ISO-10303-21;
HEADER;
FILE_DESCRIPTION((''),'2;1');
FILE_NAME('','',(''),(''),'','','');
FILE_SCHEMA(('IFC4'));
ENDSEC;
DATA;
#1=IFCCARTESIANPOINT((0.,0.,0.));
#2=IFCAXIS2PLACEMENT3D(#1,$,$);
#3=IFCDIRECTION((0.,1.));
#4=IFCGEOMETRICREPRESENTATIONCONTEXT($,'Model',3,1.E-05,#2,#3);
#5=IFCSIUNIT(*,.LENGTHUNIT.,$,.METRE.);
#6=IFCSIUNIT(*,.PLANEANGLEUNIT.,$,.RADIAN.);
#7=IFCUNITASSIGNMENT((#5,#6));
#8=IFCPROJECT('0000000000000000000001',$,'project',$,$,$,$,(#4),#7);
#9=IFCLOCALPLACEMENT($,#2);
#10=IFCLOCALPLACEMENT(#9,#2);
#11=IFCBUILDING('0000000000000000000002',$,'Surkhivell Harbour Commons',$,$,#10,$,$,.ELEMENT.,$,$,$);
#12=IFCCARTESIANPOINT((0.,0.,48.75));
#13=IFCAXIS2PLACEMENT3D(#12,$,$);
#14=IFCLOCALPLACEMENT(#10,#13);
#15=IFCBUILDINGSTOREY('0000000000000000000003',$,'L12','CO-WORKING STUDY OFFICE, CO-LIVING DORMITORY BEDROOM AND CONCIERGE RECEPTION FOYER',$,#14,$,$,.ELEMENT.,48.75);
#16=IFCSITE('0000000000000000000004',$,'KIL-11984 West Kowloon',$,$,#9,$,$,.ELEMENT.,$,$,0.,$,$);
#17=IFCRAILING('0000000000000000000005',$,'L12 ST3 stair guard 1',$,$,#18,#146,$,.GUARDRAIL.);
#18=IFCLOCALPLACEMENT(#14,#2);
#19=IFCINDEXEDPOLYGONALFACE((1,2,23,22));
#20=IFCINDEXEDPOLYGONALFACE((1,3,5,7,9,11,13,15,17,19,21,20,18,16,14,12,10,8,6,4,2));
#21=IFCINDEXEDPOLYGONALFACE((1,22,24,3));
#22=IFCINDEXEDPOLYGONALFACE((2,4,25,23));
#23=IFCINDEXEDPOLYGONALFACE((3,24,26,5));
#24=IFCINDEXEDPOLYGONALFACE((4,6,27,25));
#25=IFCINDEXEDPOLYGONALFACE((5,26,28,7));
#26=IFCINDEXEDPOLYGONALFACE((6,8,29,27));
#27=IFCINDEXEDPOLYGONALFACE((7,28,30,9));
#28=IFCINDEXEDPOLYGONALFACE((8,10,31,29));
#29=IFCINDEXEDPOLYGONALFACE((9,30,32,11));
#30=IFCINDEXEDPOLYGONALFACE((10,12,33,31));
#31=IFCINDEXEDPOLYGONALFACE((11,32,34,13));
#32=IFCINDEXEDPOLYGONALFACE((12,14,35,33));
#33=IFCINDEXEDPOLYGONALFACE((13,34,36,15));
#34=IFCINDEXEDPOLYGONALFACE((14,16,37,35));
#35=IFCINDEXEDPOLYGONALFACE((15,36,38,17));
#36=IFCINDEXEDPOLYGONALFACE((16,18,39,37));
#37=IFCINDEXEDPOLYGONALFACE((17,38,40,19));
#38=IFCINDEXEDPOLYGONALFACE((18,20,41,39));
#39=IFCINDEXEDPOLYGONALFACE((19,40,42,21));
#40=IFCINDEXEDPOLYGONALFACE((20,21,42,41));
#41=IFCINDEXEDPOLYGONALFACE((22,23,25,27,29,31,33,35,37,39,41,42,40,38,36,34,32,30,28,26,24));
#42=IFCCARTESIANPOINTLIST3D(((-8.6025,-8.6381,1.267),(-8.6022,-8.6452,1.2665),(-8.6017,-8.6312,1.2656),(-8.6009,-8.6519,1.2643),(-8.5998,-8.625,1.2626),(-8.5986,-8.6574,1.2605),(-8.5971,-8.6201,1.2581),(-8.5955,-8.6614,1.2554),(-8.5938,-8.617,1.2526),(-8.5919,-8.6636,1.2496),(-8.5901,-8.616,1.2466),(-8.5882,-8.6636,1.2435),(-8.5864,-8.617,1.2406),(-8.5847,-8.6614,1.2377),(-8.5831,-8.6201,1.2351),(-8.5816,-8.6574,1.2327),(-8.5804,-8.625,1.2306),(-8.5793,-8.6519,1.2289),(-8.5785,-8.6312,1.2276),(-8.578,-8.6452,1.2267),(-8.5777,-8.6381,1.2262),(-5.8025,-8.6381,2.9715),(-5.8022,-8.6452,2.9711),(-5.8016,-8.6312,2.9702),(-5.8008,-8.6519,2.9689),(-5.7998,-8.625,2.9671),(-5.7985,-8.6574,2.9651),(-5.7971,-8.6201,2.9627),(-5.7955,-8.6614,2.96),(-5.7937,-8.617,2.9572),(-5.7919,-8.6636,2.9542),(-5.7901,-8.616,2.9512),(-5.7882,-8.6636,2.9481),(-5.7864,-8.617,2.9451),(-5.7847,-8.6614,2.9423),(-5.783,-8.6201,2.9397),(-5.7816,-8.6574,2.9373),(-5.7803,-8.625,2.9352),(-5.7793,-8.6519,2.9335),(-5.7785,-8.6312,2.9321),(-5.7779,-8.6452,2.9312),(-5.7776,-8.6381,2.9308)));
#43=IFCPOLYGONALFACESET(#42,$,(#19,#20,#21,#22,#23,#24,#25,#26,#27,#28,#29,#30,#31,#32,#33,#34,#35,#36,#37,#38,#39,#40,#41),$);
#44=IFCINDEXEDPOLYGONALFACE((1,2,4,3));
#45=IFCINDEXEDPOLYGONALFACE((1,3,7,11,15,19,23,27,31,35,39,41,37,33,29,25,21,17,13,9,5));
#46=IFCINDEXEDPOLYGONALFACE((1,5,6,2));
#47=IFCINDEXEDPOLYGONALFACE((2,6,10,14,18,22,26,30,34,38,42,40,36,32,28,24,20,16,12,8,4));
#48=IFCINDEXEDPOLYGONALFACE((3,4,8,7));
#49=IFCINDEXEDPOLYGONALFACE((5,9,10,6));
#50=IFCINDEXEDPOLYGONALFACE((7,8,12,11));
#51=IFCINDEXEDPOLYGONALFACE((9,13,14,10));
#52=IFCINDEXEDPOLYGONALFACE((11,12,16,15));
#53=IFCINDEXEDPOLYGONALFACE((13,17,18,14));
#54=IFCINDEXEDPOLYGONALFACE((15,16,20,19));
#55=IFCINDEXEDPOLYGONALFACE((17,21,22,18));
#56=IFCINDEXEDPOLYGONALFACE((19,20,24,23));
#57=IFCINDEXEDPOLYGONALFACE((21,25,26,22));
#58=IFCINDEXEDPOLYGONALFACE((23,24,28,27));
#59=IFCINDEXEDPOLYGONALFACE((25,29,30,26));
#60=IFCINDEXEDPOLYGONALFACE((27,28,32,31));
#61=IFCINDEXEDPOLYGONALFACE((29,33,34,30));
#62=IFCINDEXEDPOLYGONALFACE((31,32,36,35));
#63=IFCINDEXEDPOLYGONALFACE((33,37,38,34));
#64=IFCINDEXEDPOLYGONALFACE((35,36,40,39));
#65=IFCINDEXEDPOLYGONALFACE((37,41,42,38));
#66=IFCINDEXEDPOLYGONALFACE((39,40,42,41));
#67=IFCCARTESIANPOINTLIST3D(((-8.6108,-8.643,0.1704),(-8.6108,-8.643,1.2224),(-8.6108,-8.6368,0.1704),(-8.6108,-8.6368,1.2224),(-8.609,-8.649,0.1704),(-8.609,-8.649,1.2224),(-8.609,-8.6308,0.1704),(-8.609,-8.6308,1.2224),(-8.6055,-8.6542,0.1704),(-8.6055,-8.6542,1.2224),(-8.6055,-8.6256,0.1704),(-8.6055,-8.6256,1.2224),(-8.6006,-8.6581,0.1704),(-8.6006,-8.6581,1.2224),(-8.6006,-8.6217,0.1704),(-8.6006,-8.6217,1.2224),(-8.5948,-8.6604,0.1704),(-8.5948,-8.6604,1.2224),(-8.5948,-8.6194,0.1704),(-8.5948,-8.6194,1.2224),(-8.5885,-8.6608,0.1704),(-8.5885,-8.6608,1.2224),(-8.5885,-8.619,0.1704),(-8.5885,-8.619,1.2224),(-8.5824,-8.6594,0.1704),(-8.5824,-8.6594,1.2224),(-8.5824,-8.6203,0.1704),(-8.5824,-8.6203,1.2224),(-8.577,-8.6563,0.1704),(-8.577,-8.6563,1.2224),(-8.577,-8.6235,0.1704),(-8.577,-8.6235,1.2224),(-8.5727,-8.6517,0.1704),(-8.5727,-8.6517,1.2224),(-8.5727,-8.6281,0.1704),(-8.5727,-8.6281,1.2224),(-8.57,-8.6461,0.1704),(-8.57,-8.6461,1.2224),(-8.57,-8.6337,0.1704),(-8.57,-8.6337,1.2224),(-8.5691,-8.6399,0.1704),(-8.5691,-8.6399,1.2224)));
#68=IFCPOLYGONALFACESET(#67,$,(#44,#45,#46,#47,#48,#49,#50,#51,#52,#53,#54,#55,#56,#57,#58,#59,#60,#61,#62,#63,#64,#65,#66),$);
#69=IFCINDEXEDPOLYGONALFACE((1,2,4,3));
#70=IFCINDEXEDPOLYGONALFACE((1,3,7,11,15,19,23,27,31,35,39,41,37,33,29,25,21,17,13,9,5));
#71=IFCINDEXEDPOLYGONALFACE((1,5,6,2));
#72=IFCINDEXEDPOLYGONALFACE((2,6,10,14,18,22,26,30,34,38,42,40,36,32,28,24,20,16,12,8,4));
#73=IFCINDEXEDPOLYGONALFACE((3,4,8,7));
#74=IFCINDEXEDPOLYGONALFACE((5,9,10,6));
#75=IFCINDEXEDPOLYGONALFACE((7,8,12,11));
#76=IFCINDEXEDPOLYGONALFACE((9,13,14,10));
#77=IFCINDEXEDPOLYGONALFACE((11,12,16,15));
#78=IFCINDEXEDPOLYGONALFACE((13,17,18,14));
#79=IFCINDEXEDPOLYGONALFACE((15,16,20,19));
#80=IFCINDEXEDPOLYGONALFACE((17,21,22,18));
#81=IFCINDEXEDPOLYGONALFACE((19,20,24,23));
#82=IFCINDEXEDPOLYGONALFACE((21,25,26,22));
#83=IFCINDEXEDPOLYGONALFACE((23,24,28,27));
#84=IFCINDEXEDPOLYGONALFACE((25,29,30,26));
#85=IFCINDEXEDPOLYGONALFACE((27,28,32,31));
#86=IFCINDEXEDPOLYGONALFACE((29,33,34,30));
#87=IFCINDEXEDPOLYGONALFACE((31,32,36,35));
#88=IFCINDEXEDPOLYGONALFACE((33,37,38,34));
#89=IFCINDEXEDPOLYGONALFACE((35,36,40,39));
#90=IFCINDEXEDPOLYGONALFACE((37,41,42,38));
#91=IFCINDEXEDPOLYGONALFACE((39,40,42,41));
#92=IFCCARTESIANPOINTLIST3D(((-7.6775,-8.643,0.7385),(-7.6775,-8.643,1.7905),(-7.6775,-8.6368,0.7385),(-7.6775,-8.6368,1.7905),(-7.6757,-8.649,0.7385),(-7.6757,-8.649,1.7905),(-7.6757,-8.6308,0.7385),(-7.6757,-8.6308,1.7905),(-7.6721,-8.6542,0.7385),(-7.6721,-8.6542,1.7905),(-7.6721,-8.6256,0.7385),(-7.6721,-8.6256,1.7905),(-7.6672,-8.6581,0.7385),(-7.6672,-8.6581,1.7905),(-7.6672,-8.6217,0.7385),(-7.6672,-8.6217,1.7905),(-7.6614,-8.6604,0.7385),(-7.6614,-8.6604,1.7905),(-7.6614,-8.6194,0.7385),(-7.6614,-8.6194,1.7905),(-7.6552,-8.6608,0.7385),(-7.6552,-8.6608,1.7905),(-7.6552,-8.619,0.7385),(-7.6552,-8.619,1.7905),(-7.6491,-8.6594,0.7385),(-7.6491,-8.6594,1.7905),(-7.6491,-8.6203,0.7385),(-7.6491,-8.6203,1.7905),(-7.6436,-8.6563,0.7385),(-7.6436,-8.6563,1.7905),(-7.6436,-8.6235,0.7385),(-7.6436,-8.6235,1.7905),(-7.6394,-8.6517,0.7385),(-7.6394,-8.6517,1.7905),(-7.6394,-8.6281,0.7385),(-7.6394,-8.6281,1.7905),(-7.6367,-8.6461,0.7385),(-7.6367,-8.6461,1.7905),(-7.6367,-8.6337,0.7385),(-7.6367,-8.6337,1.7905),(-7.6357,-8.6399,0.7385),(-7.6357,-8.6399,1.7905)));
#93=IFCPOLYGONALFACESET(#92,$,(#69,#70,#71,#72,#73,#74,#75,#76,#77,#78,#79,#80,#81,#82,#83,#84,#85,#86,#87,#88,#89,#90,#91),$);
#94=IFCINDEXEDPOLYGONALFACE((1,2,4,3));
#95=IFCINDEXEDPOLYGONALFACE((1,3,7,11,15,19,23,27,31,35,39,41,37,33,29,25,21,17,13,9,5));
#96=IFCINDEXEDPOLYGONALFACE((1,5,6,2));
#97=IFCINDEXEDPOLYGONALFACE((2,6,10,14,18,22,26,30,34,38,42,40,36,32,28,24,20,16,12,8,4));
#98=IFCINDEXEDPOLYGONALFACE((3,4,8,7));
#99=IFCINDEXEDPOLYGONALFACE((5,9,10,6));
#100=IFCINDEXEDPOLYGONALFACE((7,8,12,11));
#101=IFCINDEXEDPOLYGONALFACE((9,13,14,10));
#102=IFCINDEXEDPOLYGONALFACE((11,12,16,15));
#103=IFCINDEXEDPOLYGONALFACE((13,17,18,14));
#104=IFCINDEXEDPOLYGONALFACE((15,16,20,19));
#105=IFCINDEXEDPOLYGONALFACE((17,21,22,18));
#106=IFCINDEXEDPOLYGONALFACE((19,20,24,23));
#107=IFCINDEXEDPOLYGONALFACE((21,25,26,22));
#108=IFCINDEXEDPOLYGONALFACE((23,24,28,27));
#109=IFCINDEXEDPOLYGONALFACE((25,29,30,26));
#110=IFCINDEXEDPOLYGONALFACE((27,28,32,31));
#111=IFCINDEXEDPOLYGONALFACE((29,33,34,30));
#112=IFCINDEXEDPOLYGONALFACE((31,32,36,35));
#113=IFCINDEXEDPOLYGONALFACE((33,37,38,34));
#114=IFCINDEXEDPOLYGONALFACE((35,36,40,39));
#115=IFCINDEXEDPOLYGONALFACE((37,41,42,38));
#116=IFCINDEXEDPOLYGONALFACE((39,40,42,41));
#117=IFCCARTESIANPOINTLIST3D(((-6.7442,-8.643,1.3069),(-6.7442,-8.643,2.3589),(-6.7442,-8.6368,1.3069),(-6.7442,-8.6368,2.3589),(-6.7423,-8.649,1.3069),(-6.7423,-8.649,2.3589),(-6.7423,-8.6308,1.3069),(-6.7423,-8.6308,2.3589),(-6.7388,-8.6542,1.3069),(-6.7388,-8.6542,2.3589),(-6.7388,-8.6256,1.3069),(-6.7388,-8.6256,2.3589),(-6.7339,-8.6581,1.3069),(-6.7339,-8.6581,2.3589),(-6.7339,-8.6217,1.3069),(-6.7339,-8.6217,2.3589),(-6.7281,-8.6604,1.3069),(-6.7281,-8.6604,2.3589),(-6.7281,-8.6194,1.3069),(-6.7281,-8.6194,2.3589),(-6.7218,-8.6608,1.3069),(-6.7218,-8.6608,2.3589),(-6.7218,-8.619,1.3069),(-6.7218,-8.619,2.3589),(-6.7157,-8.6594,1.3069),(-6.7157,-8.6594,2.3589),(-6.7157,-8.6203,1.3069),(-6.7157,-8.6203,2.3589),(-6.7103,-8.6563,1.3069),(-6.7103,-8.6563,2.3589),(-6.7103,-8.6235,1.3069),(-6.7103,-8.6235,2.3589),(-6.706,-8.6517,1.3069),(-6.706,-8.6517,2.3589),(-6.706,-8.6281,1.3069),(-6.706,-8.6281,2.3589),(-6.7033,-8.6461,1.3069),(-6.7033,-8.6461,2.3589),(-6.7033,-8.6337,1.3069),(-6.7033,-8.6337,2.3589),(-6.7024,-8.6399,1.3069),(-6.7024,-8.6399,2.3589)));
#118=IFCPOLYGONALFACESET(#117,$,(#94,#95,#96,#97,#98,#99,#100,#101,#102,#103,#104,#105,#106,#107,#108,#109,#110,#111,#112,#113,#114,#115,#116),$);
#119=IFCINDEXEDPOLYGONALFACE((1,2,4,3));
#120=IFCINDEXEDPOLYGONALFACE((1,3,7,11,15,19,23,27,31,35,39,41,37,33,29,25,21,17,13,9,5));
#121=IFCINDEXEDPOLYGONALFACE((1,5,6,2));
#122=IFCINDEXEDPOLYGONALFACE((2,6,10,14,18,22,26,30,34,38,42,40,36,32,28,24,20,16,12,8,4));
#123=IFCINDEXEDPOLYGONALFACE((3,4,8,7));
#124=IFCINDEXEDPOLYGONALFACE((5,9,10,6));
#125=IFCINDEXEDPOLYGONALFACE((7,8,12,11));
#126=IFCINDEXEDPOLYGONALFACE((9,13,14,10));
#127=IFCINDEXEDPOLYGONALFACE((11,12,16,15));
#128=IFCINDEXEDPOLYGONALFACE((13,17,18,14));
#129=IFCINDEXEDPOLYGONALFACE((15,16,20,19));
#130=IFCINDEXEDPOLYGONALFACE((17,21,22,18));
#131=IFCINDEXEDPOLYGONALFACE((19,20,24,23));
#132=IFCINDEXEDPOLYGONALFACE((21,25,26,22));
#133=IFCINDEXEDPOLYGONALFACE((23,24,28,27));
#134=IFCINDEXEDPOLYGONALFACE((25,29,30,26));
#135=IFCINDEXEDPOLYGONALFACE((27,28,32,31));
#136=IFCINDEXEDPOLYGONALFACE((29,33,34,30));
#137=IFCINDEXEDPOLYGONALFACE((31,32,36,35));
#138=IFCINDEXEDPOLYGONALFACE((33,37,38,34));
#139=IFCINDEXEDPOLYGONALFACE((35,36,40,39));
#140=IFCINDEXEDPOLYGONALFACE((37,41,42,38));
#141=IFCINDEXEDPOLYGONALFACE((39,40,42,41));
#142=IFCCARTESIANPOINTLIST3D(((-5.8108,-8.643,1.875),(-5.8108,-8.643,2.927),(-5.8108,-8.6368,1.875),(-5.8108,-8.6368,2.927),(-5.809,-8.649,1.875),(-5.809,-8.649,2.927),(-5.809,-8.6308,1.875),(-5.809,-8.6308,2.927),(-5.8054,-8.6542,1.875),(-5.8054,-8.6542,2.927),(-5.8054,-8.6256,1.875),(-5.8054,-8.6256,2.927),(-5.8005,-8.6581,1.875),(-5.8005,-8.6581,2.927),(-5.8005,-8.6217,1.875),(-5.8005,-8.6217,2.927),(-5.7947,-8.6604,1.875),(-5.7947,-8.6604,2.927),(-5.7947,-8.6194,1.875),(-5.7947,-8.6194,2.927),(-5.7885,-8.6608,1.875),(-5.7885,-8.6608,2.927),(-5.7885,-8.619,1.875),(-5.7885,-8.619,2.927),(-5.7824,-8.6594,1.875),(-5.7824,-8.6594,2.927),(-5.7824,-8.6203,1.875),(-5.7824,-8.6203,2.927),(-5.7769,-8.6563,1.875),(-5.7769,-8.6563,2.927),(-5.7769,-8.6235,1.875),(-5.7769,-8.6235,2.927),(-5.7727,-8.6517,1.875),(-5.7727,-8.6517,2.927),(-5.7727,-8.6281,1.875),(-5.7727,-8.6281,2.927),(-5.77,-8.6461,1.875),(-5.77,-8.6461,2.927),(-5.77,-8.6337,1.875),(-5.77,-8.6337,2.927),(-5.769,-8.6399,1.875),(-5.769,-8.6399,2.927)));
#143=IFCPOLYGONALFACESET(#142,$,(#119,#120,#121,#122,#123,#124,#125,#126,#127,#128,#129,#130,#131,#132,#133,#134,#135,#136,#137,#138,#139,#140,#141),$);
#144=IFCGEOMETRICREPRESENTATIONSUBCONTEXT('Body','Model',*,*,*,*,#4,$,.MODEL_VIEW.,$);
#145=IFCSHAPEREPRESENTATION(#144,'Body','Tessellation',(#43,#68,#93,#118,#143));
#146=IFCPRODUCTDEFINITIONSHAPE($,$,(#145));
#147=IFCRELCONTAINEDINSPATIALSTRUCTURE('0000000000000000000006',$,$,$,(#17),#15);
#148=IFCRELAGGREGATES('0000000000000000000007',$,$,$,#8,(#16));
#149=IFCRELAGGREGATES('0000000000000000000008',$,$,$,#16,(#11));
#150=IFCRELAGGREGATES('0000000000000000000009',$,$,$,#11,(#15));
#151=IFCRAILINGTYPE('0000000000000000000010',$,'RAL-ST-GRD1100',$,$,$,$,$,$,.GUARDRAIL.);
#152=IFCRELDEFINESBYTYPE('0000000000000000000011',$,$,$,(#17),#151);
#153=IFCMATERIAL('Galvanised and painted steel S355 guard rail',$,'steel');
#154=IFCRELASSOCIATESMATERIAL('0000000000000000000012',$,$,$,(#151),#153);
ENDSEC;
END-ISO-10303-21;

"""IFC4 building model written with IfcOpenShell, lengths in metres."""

from ifc_helpers import new_model, si_unit, direction, frame, origin, origin_2d, place, context, subcontext, project, spatial, circle, extrude, material, type_object, element, save


model = new_model("IFC4")

# Units and contexts
model_context = context("Model", 3, precision=1e-05, world=origin(), true_north=direction((0.0, 1.0)))
body_context = subcontext(model_context, "Body", "Model", "MODEL_VIEW")
ifc_project = project(units=[si_unit("LENGTHUNIT", "METRE"), si_unit("PLANEANGLEUNIT", "RADIAN")], contexts=[model_context])

# Site, building, storey
site_placement = place(None, origin())
site = spatial("IfcSite", under=ifc_project, at=site_placement, Name="KIL-11984 West Kowloon", CompositionType="ELEMENT", RefElevation=0.0)
building_placement = place(site_placement, origin())
building = spatial("IfcBuilding", under=site, at=building_placement, Name="Surkhivell Harbour Commons", CompositionType="ELEMENT")
storey_placement = place(building_placement, frame((0.0, 0.0, 48.75)))
storey = spatial("IfcBuildingStorey", under=building, at=storey_placement, Name="L12", Description="CO-WORKING STUDY OFFICE, CO-LIVING DORMITORY BEDROOM AND CONCIERGE RECEPTION FOYER", CompositionType="ELEMENT", Elevation=48.75)

# Railing
ifc_material_1 = material(Name="Galvanised and painted steel S355 guard rail", Category="steel")
railing_type_1 = type_object("IfcRailingType", Name="RAL-ST-GRD1100", PredefinedType="GUARDRAIL", material=ifc_material_1)
railing_1_placement = place(storey_placement, frame((-8.5901, -8.6399, 0.1704)))
element("IfcRailing", 1, at=railing_1_placement, inside=storey, type_object=railing_type_1, Name="L12 ST3 stair guard 1", PredefinedType="GUARDRAIL", context=body_context, shape_type="SweptSolid", body=[
    extrude(circle(Radius=0.0239, at=origin_2d()), frame((0.0, 0.0, 1.0762), z_axis=(0.85417, 0.0, 0.519994), x_axis=(0.0, 1.0, 0.0)), (0.0, 0.0, 1.0), 3.2781),
    extrude(circle(Radius=0.021, at=origin_2d()), origin(), (0.0, 0.0, 1.0), 1.052),
    extrude(circle(Radius=0.021, at=origin_2d()), frame((0.9333, 0.0, 0.5681)), (0.0, 0.0, 1.0), 1.052),
    extrude(circle(Radius=0.021, at=origin_2d()), frame((1.8667, 0.0, 1.1365)), (0.0, 0.0, 1.0), 1.052),
    extrude(circle(Radius=0.021, at=origin_2d()), frame((2.8, 0.0, 1.7046)), (0.0, 0.0, 1.0), 1.052),
])

save(model, "model.ifc")
